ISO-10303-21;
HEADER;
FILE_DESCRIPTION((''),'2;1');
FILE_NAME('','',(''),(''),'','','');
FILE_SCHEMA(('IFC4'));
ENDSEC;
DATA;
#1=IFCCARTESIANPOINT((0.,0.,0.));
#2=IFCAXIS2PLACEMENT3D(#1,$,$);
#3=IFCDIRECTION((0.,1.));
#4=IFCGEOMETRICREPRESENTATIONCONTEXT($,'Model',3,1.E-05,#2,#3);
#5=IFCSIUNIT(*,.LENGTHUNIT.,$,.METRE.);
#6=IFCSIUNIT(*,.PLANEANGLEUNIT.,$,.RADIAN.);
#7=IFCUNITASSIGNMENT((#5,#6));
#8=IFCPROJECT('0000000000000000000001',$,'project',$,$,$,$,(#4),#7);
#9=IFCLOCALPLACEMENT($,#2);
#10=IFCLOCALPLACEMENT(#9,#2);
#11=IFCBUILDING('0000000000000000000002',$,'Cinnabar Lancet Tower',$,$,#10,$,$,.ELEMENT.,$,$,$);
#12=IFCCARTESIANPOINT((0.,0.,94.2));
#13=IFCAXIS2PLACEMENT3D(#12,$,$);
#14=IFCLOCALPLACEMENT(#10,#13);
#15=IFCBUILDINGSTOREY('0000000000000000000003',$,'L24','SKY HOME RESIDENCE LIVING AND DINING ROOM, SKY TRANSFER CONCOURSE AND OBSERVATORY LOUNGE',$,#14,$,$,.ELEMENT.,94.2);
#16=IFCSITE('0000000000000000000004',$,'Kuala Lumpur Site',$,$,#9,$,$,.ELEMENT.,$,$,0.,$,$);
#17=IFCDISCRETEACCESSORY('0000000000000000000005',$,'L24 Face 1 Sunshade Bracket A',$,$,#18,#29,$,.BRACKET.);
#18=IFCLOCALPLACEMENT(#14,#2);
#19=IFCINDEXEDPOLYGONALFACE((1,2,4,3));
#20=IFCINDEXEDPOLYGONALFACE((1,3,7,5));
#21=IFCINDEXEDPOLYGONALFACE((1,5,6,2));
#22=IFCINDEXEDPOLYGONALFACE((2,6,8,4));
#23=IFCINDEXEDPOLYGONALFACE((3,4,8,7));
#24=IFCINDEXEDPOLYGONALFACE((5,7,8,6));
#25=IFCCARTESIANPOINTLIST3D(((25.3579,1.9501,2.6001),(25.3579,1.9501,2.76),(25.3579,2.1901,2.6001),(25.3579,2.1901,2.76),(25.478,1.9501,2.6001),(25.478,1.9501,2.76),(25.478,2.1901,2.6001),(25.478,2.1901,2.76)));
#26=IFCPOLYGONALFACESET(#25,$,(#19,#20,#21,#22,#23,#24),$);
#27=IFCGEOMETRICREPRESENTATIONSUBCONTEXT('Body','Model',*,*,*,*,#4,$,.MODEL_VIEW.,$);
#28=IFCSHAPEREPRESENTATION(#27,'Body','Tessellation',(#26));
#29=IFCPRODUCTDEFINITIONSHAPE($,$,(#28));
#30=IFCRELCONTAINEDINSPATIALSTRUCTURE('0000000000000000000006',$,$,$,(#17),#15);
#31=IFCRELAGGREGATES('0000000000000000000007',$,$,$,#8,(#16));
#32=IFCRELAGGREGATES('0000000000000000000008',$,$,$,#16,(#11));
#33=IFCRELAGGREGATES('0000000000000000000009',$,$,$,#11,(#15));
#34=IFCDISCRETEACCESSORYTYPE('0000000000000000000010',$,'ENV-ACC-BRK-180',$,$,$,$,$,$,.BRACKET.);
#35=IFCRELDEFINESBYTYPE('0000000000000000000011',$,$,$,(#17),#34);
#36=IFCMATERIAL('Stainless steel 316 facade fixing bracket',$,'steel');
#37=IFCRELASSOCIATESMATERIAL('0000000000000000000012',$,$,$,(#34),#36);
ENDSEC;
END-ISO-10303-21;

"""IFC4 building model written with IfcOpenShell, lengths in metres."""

from ifc_helpers import new_model, si_unit, direction, frame, origin, origin_2d, place, context, subcontext, project, spatial, rectangle, extrude, material, type_object, element, save


model = new_model("IFC4")

# Units and contexts
model_context = context("Model", 3, precision=1e-05, world=origin(), true_north=direction((0.0, 1.0)))
body_context = subcontext(model_context, "Body", "Model", "MODEL_VIEW")
ifc_project = project(units=[si_unit("LENGTHUNIT", "METRE"), si_unit("PLANEANGLEUNIT", "RADIAN")], contexts=[model_context])

# Site, building, storey
site_placement = place(None, origin())
site = spatial("IfcSite", under=ifc_project, at=site_placement, Name="Kuala Lumpur Site", CompositionType="ELEMENT", RefElevation=0.0)
building_placement = place(site_placement, origin())
building = spatial("IfcBuilding", under=site, at=building_placement, Name="Cinnabar Lancet Tower", CompositionType="ELEMENT")
storey_placement = place(building_placement, frame((0.0, 0.0, 94.2)))
storey = spatial("IfcBuildingStorey", under=building, at=storey_placement, Name="L24", Description="SKY HOME RESIDENCE LIVING AND DINING ROOM, SKY TRANSFER CONCOURSE AND OBSERVATORY LOUNGE", CompositionType="ELEMENT", Elevation=94.2)

# Discrete accessory
ifc_material_1 = material(Name="Stainless steel 316 facade fixing bracket", Category="steel")
discrete_accessory_type = type_object("IfcDiscreteAccessoryType", Name="ENV-ACC-BRK-180", PredefinedType="BRACKET", material=ifc_material_1)
discrete_accessory_placement = place(storey_placement, frame((25.418, 2.0701, 2.6001), z_axis=(0.0, 0.0, 1.0), x_axis=(1.0, 0.0, 0.0)))
element("IfcDiscreteAccessory", 1, at=discrete_accessory_placement, inside=storey, type_object=discrete_accessory_type, Name="L24 Face 1 Sunshade Bracket A", PredefinedType="BRACKET", context=body_context, shape_type="SweptSolid", body=[
    extrude(rectangle(XDim=0.1201, YDim=0.24, at=origin_2d()), origin(), (0.0, 0.0, 1.0), 0.1599),
])

save(model, "model.ifc")
